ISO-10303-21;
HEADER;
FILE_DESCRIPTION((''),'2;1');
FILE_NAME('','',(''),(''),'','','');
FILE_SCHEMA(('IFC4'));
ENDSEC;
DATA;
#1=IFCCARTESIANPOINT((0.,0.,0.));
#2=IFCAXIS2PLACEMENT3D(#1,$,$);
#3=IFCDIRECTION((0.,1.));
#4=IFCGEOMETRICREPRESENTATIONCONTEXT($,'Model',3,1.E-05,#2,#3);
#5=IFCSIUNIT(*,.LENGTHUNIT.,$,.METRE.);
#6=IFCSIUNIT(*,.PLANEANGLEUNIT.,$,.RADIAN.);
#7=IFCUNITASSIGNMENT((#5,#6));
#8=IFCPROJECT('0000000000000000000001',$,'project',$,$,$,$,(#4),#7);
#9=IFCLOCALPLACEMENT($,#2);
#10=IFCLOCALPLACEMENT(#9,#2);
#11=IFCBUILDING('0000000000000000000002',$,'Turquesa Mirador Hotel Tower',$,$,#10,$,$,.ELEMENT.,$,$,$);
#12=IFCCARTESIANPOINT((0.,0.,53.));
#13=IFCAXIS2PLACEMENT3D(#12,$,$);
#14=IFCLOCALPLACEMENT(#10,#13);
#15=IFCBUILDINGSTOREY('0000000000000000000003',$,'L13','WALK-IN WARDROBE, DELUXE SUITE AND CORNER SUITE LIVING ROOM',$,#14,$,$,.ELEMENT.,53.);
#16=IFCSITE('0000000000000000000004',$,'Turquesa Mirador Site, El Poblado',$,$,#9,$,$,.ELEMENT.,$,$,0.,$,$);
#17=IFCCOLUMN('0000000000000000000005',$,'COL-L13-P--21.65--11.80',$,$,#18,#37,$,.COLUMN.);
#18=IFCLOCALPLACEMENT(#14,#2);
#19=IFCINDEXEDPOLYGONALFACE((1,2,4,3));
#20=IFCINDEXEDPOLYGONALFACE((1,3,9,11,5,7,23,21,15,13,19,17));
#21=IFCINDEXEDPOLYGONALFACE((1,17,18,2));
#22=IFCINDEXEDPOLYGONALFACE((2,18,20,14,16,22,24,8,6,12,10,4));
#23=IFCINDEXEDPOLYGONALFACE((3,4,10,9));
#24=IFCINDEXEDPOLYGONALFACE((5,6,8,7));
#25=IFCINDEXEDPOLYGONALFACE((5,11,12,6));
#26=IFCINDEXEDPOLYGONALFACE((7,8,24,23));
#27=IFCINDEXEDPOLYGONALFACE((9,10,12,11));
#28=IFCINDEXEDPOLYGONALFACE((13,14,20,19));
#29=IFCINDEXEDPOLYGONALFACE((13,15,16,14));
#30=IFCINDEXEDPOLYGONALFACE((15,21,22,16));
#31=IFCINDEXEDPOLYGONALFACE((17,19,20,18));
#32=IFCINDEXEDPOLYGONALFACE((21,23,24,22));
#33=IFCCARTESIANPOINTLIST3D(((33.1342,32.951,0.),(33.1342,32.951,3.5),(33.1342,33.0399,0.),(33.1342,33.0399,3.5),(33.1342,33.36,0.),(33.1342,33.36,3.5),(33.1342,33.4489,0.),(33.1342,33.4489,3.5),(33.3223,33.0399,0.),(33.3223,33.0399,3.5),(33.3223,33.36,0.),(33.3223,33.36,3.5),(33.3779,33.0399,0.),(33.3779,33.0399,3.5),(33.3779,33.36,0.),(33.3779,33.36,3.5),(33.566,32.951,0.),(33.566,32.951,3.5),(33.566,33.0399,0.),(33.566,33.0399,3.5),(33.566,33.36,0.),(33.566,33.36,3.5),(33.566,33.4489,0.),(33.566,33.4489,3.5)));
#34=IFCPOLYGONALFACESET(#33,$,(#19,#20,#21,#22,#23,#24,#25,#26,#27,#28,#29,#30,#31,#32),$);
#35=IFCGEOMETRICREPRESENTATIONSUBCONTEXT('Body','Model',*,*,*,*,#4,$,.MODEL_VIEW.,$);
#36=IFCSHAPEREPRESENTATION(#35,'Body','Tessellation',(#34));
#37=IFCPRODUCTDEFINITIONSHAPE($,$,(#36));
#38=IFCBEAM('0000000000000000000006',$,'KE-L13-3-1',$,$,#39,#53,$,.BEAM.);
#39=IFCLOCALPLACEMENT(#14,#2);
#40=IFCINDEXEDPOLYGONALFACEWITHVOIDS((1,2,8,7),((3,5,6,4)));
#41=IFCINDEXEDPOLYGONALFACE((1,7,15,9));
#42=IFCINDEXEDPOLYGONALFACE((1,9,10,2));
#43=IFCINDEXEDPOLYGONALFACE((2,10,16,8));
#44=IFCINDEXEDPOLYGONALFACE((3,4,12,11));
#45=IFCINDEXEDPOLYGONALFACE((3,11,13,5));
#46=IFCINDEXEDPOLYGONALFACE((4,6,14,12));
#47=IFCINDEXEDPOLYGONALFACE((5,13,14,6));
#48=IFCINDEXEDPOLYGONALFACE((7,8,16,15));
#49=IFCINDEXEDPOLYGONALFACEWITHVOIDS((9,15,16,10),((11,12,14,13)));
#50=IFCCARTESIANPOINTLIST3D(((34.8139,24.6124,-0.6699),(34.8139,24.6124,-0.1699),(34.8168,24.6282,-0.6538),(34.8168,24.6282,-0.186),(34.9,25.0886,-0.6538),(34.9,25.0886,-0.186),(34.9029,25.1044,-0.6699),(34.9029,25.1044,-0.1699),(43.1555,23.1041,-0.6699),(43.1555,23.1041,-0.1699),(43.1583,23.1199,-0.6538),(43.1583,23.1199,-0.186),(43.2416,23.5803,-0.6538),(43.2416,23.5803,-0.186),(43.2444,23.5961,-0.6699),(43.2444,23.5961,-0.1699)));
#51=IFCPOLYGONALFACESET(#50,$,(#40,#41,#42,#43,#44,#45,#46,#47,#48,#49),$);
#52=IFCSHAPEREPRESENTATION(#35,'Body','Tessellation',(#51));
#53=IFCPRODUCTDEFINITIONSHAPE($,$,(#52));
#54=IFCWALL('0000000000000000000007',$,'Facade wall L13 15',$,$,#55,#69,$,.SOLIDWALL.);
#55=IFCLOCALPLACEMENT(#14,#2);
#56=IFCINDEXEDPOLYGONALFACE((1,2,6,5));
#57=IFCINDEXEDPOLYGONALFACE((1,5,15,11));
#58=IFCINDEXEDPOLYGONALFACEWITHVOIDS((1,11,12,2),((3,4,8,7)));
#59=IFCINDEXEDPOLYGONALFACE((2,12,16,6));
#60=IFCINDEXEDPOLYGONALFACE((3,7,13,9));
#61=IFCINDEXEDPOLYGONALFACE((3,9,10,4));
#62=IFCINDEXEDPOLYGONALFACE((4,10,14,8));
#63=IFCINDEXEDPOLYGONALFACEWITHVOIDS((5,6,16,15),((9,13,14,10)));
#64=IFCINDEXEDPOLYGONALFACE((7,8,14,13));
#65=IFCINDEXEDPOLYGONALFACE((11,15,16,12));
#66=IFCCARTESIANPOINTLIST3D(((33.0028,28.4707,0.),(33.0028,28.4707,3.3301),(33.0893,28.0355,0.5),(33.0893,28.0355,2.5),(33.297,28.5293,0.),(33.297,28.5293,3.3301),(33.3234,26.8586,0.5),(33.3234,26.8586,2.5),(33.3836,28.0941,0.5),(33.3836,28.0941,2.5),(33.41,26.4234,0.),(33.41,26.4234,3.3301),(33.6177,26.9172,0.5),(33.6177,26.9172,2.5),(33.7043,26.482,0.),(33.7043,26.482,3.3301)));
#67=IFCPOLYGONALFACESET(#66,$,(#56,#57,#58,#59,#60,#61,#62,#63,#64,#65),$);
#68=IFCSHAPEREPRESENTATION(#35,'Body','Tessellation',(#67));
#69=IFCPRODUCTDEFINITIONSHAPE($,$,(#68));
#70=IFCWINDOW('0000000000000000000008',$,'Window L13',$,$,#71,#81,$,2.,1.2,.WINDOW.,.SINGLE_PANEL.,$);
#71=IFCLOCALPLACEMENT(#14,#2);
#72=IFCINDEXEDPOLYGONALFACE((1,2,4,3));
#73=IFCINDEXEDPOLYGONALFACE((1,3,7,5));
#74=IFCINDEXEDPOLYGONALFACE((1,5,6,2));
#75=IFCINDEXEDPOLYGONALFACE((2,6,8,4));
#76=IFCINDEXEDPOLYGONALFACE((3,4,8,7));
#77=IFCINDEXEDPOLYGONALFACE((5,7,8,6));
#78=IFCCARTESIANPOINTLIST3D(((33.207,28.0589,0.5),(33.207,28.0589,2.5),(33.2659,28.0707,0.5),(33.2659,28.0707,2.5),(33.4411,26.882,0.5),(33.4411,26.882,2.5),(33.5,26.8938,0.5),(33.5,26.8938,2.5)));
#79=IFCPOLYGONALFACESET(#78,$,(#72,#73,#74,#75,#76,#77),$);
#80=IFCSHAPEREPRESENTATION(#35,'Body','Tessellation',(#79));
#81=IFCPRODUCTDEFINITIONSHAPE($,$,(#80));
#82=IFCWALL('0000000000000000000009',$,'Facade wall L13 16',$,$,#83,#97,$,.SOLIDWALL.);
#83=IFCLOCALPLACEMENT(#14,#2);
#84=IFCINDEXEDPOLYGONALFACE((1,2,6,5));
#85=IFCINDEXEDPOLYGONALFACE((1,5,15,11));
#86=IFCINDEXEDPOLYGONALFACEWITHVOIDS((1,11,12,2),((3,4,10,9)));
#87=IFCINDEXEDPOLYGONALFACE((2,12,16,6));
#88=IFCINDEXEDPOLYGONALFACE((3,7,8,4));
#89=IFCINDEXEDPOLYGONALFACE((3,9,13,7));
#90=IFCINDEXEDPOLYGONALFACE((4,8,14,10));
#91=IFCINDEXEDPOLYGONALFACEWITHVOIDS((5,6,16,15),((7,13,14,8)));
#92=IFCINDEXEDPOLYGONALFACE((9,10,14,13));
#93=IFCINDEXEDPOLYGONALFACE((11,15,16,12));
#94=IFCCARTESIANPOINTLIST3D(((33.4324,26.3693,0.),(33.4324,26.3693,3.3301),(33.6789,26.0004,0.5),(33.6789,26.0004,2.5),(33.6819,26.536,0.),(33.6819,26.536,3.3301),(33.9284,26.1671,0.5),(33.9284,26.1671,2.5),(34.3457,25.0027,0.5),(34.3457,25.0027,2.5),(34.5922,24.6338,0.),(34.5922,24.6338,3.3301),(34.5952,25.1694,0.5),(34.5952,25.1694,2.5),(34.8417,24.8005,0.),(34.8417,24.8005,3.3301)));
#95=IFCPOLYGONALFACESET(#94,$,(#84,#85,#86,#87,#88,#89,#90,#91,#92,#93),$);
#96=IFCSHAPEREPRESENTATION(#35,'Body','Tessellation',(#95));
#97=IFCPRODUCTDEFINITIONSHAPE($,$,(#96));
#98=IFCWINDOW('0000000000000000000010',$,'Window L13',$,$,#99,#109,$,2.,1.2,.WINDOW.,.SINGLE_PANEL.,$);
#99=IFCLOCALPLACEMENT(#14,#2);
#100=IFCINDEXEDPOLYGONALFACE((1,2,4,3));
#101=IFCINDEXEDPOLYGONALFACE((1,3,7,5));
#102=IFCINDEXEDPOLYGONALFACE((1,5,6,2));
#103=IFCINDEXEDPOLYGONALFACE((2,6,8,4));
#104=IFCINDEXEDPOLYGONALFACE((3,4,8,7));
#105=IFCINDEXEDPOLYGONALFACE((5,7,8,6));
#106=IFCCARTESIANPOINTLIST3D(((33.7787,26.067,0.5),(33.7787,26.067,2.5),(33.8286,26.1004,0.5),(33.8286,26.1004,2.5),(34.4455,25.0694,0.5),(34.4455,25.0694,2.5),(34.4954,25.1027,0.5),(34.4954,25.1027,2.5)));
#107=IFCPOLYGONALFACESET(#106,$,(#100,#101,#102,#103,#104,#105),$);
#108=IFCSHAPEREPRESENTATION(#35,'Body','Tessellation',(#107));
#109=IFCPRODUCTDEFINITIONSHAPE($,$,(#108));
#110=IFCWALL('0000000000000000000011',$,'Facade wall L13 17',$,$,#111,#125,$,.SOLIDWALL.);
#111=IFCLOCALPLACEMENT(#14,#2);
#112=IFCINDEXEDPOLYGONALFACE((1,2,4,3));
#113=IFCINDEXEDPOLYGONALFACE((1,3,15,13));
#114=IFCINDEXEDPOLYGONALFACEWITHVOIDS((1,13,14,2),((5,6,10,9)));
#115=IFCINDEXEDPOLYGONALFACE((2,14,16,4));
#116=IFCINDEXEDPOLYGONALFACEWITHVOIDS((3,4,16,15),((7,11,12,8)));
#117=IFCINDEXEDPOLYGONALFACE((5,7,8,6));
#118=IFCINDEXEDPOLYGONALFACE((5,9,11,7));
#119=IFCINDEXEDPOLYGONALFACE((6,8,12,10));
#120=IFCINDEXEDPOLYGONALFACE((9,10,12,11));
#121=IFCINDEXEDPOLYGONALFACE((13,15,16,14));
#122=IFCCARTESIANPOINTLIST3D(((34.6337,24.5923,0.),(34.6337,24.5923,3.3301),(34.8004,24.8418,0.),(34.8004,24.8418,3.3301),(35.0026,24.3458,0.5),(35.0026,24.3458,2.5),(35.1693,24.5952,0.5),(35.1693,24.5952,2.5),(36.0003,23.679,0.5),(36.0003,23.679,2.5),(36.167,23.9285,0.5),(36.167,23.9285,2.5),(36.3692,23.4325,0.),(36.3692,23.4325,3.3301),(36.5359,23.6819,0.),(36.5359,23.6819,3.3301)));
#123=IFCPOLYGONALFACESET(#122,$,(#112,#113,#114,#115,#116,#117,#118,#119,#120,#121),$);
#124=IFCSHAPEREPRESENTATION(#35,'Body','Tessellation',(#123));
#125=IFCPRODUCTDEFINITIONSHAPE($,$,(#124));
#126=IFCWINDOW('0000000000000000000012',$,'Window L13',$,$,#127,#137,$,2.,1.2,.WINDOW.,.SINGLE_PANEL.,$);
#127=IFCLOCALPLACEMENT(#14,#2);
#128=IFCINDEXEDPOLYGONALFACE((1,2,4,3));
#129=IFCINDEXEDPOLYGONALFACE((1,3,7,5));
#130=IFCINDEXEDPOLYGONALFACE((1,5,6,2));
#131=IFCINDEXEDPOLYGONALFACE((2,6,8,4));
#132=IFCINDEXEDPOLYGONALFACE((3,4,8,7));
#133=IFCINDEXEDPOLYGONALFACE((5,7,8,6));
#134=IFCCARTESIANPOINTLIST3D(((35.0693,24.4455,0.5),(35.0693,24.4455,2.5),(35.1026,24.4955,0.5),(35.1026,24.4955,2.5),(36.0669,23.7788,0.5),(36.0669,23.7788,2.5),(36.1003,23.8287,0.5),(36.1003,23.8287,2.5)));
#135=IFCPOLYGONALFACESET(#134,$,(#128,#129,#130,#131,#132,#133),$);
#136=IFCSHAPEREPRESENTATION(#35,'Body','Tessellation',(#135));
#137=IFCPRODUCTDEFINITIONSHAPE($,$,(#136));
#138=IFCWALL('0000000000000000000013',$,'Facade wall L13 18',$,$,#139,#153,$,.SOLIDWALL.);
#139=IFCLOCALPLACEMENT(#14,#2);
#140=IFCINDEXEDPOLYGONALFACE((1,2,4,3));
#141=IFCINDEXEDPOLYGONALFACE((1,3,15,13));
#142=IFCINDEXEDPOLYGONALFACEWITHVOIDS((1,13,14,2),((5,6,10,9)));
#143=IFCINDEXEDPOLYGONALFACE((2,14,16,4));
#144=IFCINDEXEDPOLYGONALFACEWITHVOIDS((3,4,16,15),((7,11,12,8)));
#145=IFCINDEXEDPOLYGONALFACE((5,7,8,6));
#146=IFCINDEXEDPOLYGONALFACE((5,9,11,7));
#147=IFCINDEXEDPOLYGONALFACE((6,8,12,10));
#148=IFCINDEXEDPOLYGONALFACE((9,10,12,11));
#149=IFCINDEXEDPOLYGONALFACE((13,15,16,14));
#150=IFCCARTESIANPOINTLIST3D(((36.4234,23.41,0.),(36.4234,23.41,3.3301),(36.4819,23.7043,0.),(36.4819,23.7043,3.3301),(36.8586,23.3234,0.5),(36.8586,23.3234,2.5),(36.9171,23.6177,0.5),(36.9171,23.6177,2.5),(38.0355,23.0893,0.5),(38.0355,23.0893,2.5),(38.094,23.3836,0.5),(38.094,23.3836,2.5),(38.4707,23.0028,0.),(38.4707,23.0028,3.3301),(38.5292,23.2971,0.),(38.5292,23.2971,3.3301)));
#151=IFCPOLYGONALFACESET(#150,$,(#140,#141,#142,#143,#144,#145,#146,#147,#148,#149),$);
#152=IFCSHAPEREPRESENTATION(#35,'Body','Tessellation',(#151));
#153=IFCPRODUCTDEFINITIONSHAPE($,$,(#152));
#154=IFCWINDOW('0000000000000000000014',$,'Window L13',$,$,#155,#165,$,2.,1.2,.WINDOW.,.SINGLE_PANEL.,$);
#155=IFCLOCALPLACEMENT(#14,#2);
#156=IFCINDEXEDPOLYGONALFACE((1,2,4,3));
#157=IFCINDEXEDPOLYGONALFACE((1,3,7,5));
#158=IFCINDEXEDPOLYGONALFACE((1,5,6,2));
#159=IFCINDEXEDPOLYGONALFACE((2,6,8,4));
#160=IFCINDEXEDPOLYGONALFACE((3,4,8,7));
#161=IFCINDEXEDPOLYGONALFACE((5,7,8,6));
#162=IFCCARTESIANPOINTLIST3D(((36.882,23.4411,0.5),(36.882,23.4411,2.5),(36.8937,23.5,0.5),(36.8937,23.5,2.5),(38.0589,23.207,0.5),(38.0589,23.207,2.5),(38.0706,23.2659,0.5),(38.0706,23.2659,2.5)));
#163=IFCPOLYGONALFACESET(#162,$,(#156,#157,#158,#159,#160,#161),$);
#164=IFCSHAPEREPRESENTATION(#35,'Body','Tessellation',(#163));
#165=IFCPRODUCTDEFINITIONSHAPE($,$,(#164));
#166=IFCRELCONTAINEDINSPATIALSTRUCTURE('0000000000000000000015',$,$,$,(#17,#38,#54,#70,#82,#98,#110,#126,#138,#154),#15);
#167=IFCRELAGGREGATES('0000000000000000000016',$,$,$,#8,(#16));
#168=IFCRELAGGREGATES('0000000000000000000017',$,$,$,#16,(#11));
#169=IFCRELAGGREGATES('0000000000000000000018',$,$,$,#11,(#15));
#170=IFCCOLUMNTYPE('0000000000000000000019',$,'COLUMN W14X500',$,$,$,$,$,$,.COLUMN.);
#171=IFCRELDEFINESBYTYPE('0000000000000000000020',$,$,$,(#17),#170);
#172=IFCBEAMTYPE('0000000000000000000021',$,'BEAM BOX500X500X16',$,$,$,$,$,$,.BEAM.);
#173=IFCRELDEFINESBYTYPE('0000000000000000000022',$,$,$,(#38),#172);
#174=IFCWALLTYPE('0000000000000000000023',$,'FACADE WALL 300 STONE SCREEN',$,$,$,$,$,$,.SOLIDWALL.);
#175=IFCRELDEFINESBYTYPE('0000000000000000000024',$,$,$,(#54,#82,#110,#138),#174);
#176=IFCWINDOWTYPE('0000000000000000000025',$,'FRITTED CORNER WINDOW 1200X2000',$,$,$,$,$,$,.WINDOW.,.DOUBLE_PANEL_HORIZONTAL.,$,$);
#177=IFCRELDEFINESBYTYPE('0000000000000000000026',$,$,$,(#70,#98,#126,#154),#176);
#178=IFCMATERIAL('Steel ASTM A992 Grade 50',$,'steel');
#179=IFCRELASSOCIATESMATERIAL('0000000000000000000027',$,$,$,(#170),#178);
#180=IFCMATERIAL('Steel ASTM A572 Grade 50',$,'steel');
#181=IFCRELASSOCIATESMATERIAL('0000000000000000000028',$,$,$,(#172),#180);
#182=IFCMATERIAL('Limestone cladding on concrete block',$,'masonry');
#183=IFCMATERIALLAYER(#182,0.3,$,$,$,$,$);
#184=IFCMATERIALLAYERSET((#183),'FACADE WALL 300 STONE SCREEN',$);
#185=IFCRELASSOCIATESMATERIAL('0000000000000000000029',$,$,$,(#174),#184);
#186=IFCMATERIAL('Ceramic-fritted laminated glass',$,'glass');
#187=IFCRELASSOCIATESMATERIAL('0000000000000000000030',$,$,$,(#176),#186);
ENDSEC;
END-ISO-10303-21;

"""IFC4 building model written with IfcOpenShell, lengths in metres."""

from ifc_helpers import new_model, si_unit, direction, frame, frame_2d, origin, origin_2d, place, context, subcontext, project, spatial, rectangle, hollow_rectangle, i_section, extrude, material, layer, layer_set, material_profile, profile_set, type_object, element, fill, save


model = new_model("IFC4")

# Units and contexts
model_context = context("Model", 3, precision=1e-05, world=origin(), true_north=direction((0.0, 1.0)))
body_context = subcontext(model_context, "Body", "Model", "MODEL_VIEW")
ifc_project = project(units=[si_unit("LENGTHUNIT", "METRE"), si_unit("PLANEANGLEUNIT", "RADIAN")], contexts=[model_context])

# Site, building, storey
site_placement = place(None, origin())
site = spatial("IfcSite", under=ifc_project, at=site_placement, Name="Turquesa Mirador Site, El Poblado", CompositionType="ELEMENT", RefElevation=0.0)
building_placement = place(site_placement, origin())
building = spatial("IfcBuilding", under=site, at=building_placement, Name="Turquesa Mirador Hotel Tower", CompositionType="ELEMENT")
storey_placement = place(building_placement, frame((0.0, 0.0, 53.0)))
storey = spatial("IfcBuildingStorey", under=building, at=storey_placement, Name="L13", Description="WALK-IN WARDROBE, DELUXE SUITE AND CORNER SUITE LIVING ROOM", CompositionType="ELEMENT", Elevation=53.0)

# Column
ifc_material_1 = material(Name="Steel ASTM A992 Grade 50", Category="steel")
ifc_material_profile_1 = material_profile(ifc_material_1, i_section(OverallWidth=0.4319, OverallDepth=0.4978, WebThickness=0.0557, FlangeThickness=0.0889, at=origin_2d()), Name="W14X500")
ifc_profile_set_1 = profile_set([ifc_material_profile_1], Name="Steel ASTM A992 Grade 50")
column_type = type_object("IfcColumnType", Name="COLUMN W14X500", PredefinedType="COLUMN", material=ifc_profile_set_1)
column_placement = place(storey_placement, frame((33.3501, 33.2, 0.0), z_axis=(0.0, 0.0, 1.0), x_axis=(1.0, 0.0, 0.0)))
element("IfcColumn", 1, at=column_placement, inside=storey, type_object=column_type, Name="COL-L13-P--21.65--11.80", PredefinedType="COLUMN", context=body_context, shape_type="SweptSolid", body=[
    extrude(i_section(OverallWidth=0.4319, OverallDepth=0.4978, WebThickness=0.0557, FlangeThickness=0.0889, at=origin_2d()), origin(), (0.0, 0.0, 1.0), 3.5),
])

# Beam
ifc_material_2 = material(Name="Steel ASTM A572 Grade 50", Category="steel")
ifc_material_profile_2 = material_profile(ifc_material_2, hollow_rectangle(XDim=0.5, YDim=0.5, WallThickness=0.0161, at=origin_2d()), Name="BOX500X500X16")
ifc_profile_set_2 = profile_set([ifc_material_profile_2], Name="Steel ASTM A572 Grade 50")
beam_type = type_object("IfcBeamType", Name="BEAM BOX500X500X16", PredefinedType="BEAM", material=ifc_profile_set_2)
beam_placement = place(storey_placement, frame((34.8584, 24.8584, -0.4199), z_axis=(0.984043, -0.177932, 0.0), x_axis=(0.177932, 0.984043, 0.0)))
element("IfcBeam", 2, at=beam_placement, inside=storey, type_object=beam_type, Name="KE-L13-3-1", PredefinedType="BEAM", context=body_context, shape_type="SweptSolid", body=[
    extrude(hollow_rectangle(XDim=0.5, YDim=0.5, WallThickness=0.0161, at=origin_2d()), origin(), (0.0, 0.0, 1.0), 8.4768),
])

# Walls, openings, windows
ifc_material_3 = material(Name="Limestone cladding on concrete block", Category="masonry")
ifc_layer_1 = layer(ifc_material_3, 0.3)
ifc_layer_set_1 = layer_set([ifc_layer_1], Name="FACADE WALL 300 STONE SCREEN")
wall_type_1 = type_object("IfcWallType", Name="FACADE WALL 300 STONE SCREEN", PredefinedType="SOLIDWALL", material=ifc_layer_set_1)
wall_1_placement = place(storey_placement, frame((33.1499, 28.5, 0.0), z_axis=(0.0, 0.0, 1.0), x_axis=(0.195081, -0.980787, 0.0)))
wall_1 = element("IfcWall", 3, at=wall_1_placement, inside=storey, type_object=wall_type_1, Name="Facade wall L13 15", PredefinedType="SOLIDWALL", context=body_context, shape_type="SweptSolid", body=[
    extrude(rectangle(XDim=2.0874, YDim=0.3, at=frame_2d((1.0437, 0.0))), origin(), (0.0, 0.0, 1.0), 3.3301),
])
opening_1_placement = place(wall_1_placement, frame((0.4436, 0.0, 0.5)))
opening_1 = element("IfcOpeningElement", 4, at=opening_1_placement, cuts=wall_1, PredefinedType="OPENING", context=body_context, shape_type="SweptSolid", body=[
    extrude(rectangle(XDim=1.2, YDim=2.0, at=frame_2d((0.6001, 1.0))), frame((0.0, 0.1599, 0.0), z_axis=(0.0, -1.0, 0.0), x_axis=(1.0, 0.0, 0.0)), (0.0, 0.0, 1.0), 0.3201),
])
ifc_material_4 = material(Name="Ceramic-fritted laminated glass", Category="glass")
window_type_1 = type_object("IfcWindowType", Name="FRITTED CORNER WINDOW 1200X2000", PartitioningType="DOUBLE_PANEL_HORIZONTAL", PredefinedType="WINDOW", material=ifc_material_4)
window_1_placement = place(opening_1_placement, origin())
window_1 = element("IfcWindow", 5, at=window_1_placement, inside=storey, type_object=window_type_1, Name="Window L13", OverallHeight=2.0, OverallWidth=1.2, PartitioningType="SINGLE_PANEL", PredefinedType="WINDOW", context=body_context, shape_type="SweptSolid", body=[
    extrude(rectangle(XDim=1.2, YDim=2.0, at=frame_2d((0.6001, 1.0))), frame((0.0, 0.03, 0.0), z_axis=(0.0, -1.0, 0.0), x_axis=(1.0, 0.0, 0.0)), (0.0, 0.0, 1.0), 0.0601),
])
fill(opening_1, window_1)
wall_2_placement = place(storey_placement, frame((33.5571, 26.4526, 0.0), z_axis=(0.0, 0.0, 1.0), x_axis=(0.555644, -0.83142, 0.0)))
wall_2 = element("IfcWall", 6, at=wall_2_placement, inside=storey, type_object=wall_type_1, Name="Facade wall L13 16", PredefinedType="SOLIDWALL", context=body_context, shape_type="SweptSolid", body=[
    extrude(rectangle(XDim=2.0874, YDim=0.3, at=frame_2d((1.0437, 0.0))), origin(), (0.0, 0.0, 1.0), 3.3301),
])
opening_2_placement = place(wall_2_placement, frame((0.4436, 0.0, 0.5)))
opening_2 = element("IfcOpeningElement", 7, at=opening_2_placement, cuts=wall_2, PredefinedType="OPENING", context=body_context, shape_type="SweptSolid", body=[
    extrude(rectangle(XDim=1.2, YDim=2.0, at=frame_2d((0.6001, 1.0))), frame((0.0, 0.1599, 0.0), z_axis=(0.0, -1.0, 0.0), x_axis=(1.0, 0.0, 0.0)), (0.0, 0.0, 1.0), 0.3201),
])
window_2_placement = place(opening_2_placement, origin())
window_2 = element("IfcWindow", 8, at=window_2_placement, inside=storey, type_object=window_type_1, Name="Window L13", OverallHeight=2.0, OverallWidth=1.2, PartitioningType="SINGLE_PANEL", PredefinedType="WINDOW", context=body_context, shape_type="SweptSolid", body=[
    extrude(rectangle(XDim=1.2, YDim=2.0, at=frame_2d((0.6001, 1.0))), frame((0.0, 0.03, 0.0), z_axis=(0.0, -1.0, 0.0), x_axis=(1.0, 0.0, 0.0)), (0.0, 0.0, 1.0), 0.0601),
])
fill(opening_2, window_2)
wall_3_placement = place(storey_placement, frame((34.717, 24.717, 0.0), z_axis=(0.0, 0.0, 1.0), x_axis=(0.83142, -0.555644, 0.0)))
wall_3 = element("IfcWall", 9, at=wall_3_placement, inside=storey, type_object=wall_type_1, Name="Facade wall L13 17", PredefinedType="SOLIDWALL", context=body_context, shape_type="SweptSolid", body=[
    extrude(rectangle(XDim=2.0874, YDim=0.3, at=frame_2d((1.0437, 0.0))), origin(), (0.0, 0.0, 1.0), 3.3301),
])
opening_3_placement = place(wall_3_placement, frame((0.4436, 0.0, 0.5)))
opening_3 = element("IfcOpeningElement", 10, at=opening_3_placement, cuts=wall_3, PredefinedType="OPENING", context=body_context, shape_type="SweptSolid", body=[
    extrude(rectangle(XDim=1.2, YDim=2.0, at=frame_2d((0.6001, 1.0))), frame((0.0, 0.1599, 0.0), z_axis=(0.0, -1.0, 0.0), x_axis=(1.0, 0.0, 0.0)), (0.0, 0.0, 1.0), 0.3201),
])
window_3_placement = place(opening_3_placement, origin())
window_3 = element("IfcWindow", 11, at=window_3_placement, inside=storey, type_object=window_type_1, Name="Window L13", OverallHeight=2.0, OverallWidth=1.2, PartitioningType="SINGLE_PANEL", PredefinedType="WINDOW", context=body_context, shape_type="SweptSolid", body=[
    extrude(rectangle(XDim=1.2, YDim=2.0, at=frame_2d((0.6001, 1.0))), frame((0.0, 0.03, 0.0), z_axis=(0.0, -1.0, 0.0), x_axis=(1.0, 0.0, 0.0)), (0.0, 0.0, 1.0), 0.0601),
])
fill(opening_3, window_3)
wall_4_placement = place(storey_placement, frame((36.4526, 23.5571, 0.0), z_axis=(0.0, 0.0, 1.0), x_axis=(0.980787, -0.195081, 0.0)))
wall_4 = element("IfcWall", 12, at=wall_4_placement, inside=storey, type_object=wall_type_1, Name="Facade wall L13 18", PredefinedType="SOLIDWALL", context=body_context, shape_type="SweptSolid", body=[
    extrude(rectangle(XDim=2.0874, YDim=0.3, at=frame_2d((1.0437, 0.0))), origin(), (0.0, 0.0, 1.0), 3.3301),
])
opening_4_placement = place(wall_4_placement, frame((0.4436, 0.0, 0.5)))
opening_4 = element("IfcOpeningElement", 13, at=opening_4_placement, cuts=wall_4, PredefinedType="OPENING", context=body_context, shape_type="SweptSolid", body=[
    extrude(rectangle(XDim=1.2, YDim=2.0, at=frame_2d((0.6001, 1.0))), frame((0.0, 0.1599, 0.0), z_axis=(0.0, -1.0, 0.0), x_axis=(1.0, 0.0, 0.0)), (0.0, 0.0, 1.0), 0.3201),
])
window_4_placement = place(opening_4_placement, origin())
window_4 = element("IfcWindow", 14, at=window_4_placement, inside=storey, type_object=window_type_1, Name="Window L13", OverallHeight=2.0, OverallWidth=1.2, PartitioningType="SINGLE_PANEL", PredefinedType="WINDOW", context=body_context, shape_type="SweptSolid", body=[
    extrude(rectangle(XDim=1.2, YDim=2.0, at=frame_2d((0.6001, 1.0))), frame((0.0, 0.03, 0.0), z_axis=(0.0, -1.0, 0.0), x_axis=(1.0, 0.0, 0.0)), (0.0, 0.0, 1.0), 0.0601),
])
fill(opening_4, window_4)

save(model, "model.ifc")
